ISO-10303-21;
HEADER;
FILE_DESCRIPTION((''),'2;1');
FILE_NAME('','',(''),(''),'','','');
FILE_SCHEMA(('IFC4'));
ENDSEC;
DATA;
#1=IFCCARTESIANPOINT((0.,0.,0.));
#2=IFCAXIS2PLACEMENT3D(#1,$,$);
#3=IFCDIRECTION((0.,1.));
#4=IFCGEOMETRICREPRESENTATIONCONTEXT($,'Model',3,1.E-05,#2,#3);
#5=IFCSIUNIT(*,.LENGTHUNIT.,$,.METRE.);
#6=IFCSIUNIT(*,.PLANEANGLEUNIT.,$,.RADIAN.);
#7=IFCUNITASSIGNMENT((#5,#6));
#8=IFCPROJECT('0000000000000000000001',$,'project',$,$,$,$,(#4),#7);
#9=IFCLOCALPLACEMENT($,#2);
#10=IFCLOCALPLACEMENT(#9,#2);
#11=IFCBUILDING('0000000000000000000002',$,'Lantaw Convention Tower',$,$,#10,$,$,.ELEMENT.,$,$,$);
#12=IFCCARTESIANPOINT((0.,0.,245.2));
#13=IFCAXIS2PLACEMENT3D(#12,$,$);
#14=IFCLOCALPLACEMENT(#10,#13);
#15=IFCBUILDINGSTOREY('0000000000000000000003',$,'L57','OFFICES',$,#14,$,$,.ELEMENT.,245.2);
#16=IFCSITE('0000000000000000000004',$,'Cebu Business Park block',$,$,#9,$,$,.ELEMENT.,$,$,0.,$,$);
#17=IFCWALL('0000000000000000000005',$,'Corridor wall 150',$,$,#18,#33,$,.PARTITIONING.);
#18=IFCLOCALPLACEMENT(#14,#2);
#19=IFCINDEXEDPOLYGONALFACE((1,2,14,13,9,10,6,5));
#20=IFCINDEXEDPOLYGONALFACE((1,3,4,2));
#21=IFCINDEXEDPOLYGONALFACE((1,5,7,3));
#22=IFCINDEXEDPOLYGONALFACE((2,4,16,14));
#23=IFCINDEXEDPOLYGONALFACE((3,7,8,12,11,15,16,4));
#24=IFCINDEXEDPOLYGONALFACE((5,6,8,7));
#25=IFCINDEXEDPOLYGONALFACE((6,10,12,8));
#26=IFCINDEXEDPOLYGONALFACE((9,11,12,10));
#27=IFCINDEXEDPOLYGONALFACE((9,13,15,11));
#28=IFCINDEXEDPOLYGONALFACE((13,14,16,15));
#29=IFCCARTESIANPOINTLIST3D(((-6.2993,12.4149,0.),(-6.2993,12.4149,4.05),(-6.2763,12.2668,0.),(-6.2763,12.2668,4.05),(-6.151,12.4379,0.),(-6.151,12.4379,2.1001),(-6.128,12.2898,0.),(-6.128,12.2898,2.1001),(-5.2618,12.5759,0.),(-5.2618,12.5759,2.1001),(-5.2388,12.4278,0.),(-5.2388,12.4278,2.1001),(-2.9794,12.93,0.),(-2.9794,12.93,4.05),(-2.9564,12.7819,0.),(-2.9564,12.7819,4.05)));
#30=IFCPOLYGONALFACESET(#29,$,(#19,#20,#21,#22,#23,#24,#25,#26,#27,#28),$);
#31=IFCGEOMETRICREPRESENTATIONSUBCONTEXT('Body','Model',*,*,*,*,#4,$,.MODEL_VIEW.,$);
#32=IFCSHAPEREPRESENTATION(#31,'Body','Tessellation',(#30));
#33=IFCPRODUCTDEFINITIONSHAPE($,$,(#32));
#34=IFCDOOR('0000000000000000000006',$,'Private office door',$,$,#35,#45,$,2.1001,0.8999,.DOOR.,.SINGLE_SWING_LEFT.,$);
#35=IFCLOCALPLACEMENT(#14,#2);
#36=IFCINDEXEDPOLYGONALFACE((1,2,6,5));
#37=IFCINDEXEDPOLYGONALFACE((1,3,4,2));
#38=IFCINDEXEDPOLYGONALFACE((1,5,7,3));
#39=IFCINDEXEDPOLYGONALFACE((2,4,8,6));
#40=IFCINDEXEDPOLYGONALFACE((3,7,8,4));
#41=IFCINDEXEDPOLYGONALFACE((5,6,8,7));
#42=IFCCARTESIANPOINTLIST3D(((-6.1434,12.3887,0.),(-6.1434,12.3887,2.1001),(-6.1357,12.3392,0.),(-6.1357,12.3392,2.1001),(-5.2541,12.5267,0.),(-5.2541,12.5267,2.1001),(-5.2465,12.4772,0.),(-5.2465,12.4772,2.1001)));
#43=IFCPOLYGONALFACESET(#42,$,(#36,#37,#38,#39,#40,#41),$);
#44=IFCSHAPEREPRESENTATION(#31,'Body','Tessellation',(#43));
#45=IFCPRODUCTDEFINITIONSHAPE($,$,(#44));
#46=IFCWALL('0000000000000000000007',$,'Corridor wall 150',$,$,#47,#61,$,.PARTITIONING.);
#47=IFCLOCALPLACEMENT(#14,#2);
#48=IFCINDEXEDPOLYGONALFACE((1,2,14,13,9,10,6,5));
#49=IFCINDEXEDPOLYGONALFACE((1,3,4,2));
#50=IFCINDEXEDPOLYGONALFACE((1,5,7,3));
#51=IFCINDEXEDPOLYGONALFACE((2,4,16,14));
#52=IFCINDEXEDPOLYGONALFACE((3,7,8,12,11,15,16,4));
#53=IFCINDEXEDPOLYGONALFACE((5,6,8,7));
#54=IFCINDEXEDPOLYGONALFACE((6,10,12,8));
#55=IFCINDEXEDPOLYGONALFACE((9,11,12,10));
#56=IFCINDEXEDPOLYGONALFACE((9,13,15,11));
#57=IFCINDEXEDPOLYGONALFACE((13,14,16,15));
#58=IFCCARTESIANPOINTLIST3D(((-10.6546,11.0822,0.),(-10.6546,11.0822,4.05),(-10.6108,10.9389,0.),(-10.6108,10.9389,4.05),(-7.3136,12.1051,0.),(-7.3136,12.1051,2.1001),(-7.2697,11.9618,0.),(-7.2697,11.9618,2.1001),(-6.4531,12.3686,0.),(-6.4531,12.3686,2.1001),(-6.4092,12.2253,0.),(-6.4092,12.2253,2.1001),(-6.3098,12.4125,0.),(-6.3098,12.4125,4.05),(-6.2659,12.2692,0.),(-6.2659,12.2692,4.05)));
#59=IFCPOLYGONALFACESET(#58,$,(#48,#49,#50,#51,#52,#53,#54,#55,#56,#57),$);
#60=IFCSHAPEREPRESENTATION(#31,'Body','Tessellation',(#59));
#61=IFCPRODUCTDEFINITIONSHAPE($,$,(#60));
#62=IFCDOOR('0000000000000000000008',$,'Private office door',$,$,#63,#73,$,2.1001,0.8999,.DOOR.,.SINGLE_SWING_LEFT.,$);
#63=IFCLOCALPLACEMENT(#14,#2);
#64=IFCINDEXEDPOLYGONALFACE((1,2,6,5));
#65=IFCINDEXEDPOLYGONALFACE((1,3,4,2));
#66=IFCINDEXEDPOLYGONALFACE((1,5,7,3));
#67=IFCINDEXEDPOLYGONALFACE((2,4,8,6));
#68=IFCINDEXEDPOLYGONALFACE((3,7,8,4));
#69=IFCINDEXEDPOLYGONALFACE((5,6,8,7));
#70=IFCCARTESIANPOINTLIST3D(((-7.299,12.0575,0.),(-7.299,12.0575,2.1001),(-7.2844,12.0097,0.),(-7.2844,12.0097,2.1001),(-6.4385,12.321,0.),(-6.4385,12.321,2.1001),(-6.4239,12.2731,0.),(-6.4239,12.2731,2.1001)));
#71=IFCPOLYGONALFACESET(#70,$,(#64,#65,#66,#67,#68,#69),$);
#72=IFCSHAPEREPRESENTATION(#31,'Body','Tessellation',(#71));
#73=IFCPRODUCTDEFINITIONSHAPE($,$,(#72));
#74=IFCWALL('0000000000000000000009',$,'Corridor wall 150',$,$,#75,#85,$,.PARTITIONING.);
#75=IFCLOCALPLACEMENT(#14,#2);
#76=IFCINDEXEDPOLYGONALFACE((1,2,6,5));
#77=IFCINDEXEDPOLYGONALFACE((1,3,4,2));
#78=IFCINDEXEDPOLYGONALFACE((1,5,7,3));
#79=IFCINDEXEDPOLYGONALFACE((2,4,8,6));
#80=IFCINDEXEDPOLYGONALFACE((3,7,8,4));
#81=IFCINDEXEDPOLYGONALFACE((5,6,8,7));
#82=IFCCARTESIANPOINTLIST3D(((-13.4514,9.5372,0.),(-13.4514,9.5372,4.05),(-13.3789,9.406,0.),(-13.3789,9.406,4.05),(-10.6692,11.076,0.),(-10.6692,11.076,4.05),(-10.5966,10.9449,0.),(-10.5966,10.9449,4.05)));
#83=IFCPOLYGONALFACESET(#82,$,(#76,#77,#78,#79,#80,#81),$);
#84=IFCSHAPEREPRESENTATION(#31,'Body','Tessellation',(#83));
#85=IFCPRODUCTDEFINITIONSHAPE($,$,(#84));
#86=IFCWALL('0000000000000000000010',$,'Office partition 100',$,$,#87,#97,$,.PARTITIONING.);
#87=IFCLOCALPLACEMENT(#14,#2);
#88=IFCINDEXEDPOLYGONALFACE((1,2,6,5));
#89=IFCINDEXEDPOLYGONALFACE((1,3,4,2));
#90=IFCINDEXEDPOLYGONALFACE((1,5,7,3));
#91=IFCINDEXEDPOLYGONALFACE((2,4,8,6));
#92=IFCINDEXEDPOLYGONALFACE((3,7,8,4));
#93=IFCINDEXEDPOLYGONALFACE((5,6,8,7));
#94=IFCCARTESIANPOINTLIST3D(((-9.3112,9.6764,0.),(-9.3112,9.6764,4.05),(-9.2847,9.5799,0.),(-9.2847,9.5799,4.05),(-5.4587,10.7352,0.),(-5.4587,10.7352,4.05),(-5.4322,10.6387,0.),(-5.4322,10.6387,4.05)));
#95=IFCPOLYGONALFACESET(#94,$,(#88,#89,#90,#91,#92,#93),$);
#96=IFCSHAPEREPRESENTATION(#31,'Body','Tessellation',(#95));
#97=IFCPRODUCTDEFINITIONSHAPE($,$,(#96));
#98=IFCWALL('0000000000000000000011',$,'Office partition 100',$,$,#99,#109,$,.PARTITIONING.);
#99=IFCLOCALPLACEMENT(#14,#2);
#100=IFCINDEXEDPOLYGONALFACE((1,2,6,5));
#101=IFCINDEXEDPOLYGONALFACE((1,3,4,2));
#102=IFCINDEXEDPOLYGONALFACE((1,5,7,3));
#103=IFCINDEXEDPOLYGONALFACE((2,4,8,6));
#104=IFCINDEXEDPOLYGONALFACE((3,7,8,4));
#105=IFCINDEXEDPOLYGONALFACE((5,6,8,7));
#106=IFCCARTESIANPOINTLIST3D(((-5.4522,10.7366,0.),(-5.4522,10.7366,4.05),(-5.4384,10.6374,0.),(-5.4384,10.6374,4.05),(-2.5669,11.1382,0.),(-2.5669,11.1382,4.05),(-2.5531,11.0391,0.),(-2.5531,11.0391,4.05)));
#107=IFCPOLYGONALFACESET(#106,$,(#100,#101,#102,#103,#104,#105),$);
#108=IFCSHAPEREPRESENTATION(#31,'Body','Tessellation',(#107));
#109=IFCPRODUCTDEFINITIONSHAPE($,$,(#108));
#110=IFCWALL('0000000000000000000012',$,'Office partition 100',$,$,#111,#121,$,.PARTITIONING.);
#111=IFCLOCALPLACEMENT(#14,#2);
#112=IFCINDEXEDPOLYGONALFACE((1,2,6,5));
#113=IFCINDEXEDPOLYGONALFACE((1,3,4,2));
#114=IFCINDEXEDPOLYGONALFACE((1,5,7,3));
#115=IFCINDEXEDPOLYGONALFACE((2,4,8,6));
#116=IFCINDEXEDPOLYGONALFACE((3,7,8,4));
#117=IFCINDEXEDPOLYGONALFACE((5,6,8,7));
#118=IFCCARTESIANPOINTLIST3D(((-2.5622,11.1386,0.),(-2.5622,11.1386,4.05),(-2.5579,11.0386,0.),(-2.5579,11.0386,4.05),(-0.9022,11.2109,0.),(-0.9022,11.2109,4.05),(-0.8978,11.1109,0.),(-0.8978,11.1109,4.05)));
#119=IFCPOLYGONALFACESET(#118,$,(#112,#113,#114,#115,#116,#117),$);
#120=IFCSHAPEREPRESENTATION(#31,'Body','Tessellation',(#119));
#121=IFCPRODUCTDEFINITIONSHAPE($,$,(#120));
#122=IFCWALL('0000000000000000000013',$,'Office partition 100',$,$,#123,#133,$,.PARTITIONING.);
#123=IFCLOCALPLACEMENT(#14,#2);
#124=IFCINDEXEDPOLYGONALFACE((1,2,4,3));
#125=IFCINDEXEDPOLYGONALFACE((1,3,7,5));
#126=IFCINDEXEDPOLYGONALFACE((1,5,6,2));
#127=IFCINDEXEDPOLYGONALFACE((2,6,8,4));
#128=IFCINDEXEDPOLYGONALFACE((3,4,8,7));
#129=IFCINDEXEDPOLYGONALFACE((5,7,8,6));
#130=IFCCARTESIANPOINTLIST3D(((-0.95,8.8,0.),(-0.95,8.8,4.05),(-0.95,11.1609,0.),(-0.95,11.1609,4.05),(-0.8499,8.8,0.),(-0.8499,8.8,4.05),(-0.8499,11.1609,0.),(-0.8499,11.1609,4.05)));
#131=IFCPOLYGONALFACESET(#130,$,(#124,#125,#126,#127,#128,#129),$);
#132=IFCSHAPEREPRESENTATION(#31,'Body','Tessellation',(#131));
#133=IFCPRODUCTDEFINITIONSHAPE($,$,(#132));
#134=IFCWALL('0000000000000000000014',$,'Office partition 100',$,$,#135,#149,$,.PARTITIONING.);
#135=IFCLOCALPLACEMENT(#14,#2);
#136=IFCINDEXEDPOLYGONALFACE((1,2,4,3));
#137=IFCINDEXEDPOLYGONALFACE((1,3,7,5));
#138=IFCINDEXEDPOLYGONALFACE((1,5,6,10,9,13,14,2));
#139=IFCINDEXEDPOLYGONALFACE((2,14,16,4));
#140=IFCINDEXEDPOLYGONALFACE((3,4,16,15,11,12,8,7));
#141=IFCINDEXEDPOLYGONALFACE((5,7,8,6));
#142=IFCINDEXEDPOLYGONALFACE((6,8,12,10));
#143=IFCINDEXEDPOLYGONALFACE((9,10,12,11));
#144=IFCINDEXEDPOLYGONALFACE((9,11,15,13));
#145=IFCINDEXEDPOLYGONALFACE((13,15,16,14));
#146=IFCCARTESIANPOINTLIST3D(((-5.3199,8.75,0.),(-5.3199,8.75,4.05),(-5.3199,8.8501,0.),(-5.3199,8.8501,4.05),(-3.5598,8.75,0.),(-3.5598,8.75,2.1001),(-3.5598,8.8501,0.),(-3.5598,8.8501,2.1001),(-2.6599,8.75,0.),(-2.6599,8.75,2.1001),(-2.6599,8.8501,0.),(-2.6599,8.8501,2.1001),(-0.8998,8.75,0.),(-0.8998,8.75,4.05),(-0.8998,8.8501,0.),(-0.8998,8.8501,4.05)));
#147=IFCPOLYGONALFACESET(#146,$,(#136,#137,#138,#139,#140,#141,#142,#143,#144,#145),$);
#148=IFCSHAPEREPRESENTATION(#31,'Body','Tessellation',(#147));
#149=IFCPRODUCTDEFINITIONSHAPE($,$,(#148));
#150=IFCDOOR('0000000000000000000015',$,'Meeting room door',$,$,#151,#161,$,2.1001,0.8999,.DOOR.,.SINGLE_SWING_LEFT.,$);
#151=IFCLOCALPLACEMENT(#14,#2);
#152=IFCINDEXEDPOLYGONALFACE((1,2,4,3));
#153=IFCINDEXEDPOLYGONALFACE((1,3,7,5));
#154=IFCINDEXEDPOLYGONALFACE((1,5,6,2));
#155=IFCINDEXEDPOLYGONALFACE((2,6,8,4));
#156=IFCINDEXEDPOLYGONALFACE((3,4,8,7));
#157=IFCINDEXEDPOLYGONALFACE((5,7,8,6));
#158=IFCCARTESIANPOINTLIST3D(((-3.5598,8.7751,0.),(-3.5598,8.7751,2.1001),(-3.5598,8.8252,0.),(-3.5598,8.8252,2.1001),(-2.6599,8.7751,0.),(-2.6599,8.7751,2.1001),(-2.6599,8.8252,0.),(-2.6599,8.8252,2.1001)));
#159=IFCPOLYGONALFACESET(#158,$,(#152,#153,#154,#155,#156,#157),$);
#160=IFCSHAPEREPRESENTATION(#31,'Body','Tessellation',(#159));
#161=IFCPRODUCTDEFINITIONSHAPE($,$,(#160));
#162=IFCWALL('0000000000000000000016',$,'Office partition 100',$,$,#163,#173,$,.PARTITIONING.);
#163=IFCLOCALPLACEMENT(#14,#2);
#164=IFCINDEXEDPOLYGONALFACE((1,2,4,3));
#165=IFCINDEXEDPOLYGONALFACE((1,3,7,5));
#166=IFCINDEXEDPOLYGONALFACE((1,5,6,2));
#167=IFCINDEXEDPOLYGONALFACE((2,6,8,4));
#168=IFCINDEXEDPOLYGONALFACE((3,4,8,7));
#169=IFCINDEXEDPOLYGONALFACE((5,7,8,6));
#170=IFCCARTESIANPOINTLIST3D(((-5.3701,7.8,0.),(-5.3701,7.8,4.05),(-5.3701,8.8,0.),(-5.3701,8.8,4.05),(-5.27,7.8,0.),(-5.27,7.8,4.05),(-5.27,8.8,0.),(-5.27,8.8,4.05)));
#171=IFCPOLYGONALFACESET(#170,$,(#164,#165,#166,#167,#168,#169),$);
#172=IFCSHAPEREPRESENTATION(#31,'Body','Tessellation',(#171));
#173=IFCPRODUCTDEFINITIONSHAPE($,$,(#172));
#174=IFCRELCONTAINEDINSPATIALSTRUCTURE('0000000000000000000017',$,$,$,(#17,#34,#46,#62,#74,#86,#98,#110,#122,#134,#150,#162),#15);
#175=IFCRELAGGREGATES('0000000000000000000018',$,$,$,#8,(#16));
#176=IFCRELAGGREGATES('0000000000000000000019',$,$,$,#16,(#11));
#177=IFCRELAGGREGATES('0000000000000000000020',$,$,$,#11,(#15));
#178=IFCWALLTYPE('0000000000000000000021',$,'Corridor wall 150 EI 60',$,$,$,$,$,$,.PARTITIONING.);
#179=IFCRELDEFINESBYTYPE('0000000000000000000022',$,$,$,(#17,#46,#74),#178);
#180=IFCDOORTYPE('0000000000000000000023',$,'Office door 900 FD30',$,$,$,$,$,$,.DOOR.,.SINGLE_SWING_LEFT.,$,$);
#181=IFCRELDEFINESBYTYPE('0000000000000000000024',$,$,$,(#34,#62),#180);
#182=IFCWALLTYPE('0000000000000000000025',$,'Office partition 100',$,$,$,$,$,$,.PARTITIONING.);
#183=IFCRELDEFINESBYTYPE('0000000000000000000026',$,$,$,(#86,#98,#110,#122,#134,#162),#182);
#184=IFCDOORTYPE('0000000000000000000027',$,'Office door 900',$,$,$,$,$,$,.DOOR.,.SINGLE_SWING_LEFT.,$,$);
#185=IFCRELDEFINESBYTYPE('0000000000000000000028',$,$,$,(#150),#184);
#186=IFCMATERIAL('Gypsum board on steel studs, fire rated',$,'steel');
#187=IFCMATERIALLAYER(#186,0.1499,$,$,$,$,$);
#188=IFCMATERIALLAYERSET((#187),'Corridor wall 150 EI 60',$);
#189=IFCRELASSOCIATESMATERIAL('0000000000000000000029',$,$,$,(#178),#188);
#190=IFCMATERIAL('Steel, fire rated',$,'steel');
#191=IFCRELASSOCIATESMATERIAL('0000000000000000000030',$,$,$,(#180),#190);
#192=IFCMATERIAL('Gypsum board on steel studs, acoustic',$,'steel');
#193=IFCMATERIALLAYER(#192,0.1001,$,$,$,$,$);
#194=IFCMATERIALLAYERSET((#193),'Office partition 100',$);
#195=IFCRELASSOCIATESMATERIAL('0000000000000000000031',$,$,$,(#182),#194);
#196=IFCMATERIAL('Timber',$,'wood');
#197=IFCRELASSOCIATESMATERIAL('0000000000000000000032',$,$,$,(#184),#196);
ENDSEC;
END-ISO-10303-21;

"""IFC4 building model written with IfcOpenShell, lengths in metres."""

from ifc_helpers import new_model, si_unit, direction, frame, frame_2d, origin, place, context, subcontext, project, spatial, rectangle, extrude, material, layer, layer_set, type_object, element, fill, save


model = new_model("IFC4")

# Units and contexts
model_context = context("Model", 3, precision=1e-05, world=origin(), true_north=direction((0.0, 1.0)))
body_context = subcontext(model_context, "Body", "Model", "MODEL_VIEW")
ifc_project = project(units=[si_unit("LENGTHUNIT", "METRE"), si_unit("PLANEANGLEUNIT", "RADIAN")], contexts=[model_context])

# Site, building, storey
site_placement = place(None, origin())
site = spatial("IfcSite", under=ifc_project, at=site_placement, Name="Cebu Business Park block", CompositionType="ELEMENT", RefElevation=0.0)
building_placement = place(site_placement, origin())
building = spatial("IfcBuilding", under=site, at=building_placement, Name="Lantaw Convention Tower", CompositionType="ELEMENT")
storey_placement = place(building_placement, frame((0.0, 0.0, 245.2)))
storey = spatial("IfcBuildingStorey", under=building, at=storey_placement, Name="L57", Description="OFFICES", CompositionType="ELEMENT", Elevation=245.2)

# Walls, openings, doors
ifc_material_1 = material(Name="Steel, fire rated", Category="steel")
ifc_material_2 = material(Name="Gypsum board on steel studs, fire rated", Category="steel")
ifc_layer_1 = layer(ifc_material_2, 0.1499)
ifc_layer_set_1 = layer_set([ifc_layer_1], Name="Corridor wall 150 EI 60")
wall_type_1 = type_object("IfcWallType", Name="Corridor wall 150 EI 60", PredefinedType="PARTITIONING", material=ifc_layer_set_1)
wall_1_placement = place(storey_placement, frame((-2.968, 12.856, 0.0), z_axis=(0.0, 0.0, 1.0), x_axis=(-0.988174, -0.153335, 0.0)))
wall_1 = element("IfcWall", 1, at=wall_1_placement, inside=storey, type_object=wall_type_1, Name="Corridor wall 150", PredefinedType="PARTITIONING", context=body_context, shape_type="SweptSolid", body=[
    extrude(rectangle(XDim=3.3596, YDim=0.1499, at=frame_2d((1.6797, 0.0))), origin(), (0.0, 0.0, 1.0), 4.05),
])
opening_1_placement = place(wall_1_placement, frame((2.3096, 0.0, 0.0)))
opening_1 = element("IfcOpeningElement", 2, at=opening_1_placement, cuts=wall_1, PredefinedType="OPENING", context=body_context, shape_type="SweptSolid", body=[
    extrude(rectangle(XDim=0.8999, YDim=2.1001, at=frame_2d((0.45, 1.05))), frame((0.0, 0.085, 0.0), z_axis=(0.0, -1.0, 0.0), x_axis=(1.0, 0.0, 0.0)), (0.0, 0.0, 1.0), 0.1699),
])
door_type_1 = type_object("IfcDoorType", Name="Office door 900 FD30", OperationType="SINGLE_SWING_LEFT", PredefinedType="DOOR", material=ifc_material_1)
door_1_placement = place(opening_1_placement, origin())
door_1 = element("IfcDoor", 3, at=door_1_placement, inside=storey, type_object=door_type_1, Name="Private office door", OperationType="SINGLE_SWING_LEFT", OverallHeight=2.1001, OverallWidth=0.8999, PredefinedType="DOOR", context=body_context, shape_type="SweptSolid", body=[
    extrude(rectangle(XDim=0.8999, YDim=2.1001, at=frame_2d((0.45, 1.05))), frame((0.0, 0.0249, 0.0), z_axis=(0.0, -1.0, 0.0), x_axis=(1.0, 0.0, 0.0)), (0.0, 0.0, 1.0), 0.05),
])
fill(opening_1, door_1)
wall_2_placement = place(storey_placement, frame((-6.2878, 12.3408, 0.0), z_axis=(0.0, 0.0, 1.0), x_axis=(-0.956186, -0.29276, 0.0)))
wall_2 = element("IfcWall", 4, at=wall_2_placement, inside=storey, type_object=wall_type_1, Name="Corridor wall 150", PredefinedType="PARTITIONING", context=body_context, shape_type="SweptSolid", body=[
    extrude(rectangle(XDim=4.5439, YDim=0.1499, at=frame_2d((2.272, 0.0))), origin(), (0.0, 0.0, 1.0), 4.05),
])
opening_2_placement = place(wall_2_placement, frame((0.1499, 0.0, 0.0)))
opening_2 = element("IfcOpeningElement", 5, at=opening_2_placement, cuts=wall_2, PredefinedType="OPENING", context=body_context, shape_type="SweptSolid", body=[
    extrude(rectangle(XDim=0.8999, YDim=2.1001, at=frame_2d((0.45, 1.05))), frame((0.0, 0.085, 0.0), z_axis=(0.0, -1.0, 0.0), x_axis=(1.0, 0.0, 0.0)), (0.0, 0.0, 1.0), 0.1699),
])
door_2_placement = place(opening_2_placement, origin())
door_2 = element("IfcDoor", 6, at=door_2_placement, inside=storey, type_object=door_type_1, Name="Private office door", OperationType="SINGLE_SWING_LEFT", OverallHeight=2.1001, OverallWidth=0.8999, PredefinedType="DOOR", context=body_context, shape_type="SweptSolid", body=[
    extrude(rectangle(XDim=0.8999, YDim=2.1001, at=frame_2d((0.45, 1.05))), frame((0.0, 0.0249, 0.0), z_axis=(0.0, -1.0, 0.0), x_axis=(1.0, 0.0, 0.0)), (0.0, 0.0, 1.0), 0.05),
])
fill(opening_2, door_2)

# Walls
wall_3_placement = place(storey_placement, frame((-10.6328, 11.0105, 0.0), z_axis=(0.0, 0.0, 1.0), x_axis=(-0.875072, -0.483993, 0.0)))
element("IfcWall", 7, at=wall_3_placement, inside=storey, type_object=wall_type_1, Name="Corridor wall 150", PredefinedType="PARTITIONING", context=body_context, shape_type="SweptSolid", body=[
    extrude(rectangle(XDim=3.1794, YDim=0.1499, at=frame_2d((1.5898, 0.0))), origin(), (0.0, 0.0, 1.0), 4.05),
])
ifc_material_3 = material(Name="Gypsum board on steel studs, acoustic", Category="steel")
ifc_layer_2 = layer(ifc_material_3, 0.1001)
ifc_layer_set_2 = layer_set([ifc_layer_2], Name="Office partition 100")
wall_type_2 = type_object("IfcWallType", Name="Office partition 100", PredefinedType="PARTITIONING", material=ifc_layer_set_2)
wall_4_placement = place(storey_placement, frame((-9.2979, 9.6282, 0.0), z_axis=(0.0, 0.0, 1.0), x_axis=(0.964244, 0.265014, 0.0)))
element("IfcWall", 8, at=wall_4_placement, inside=storey, type_object=wall_type_2, Name="Office partition 100", PredefinedType="PARTITIONING", context=body_context, shape_type="SweptSolid", body=[
    extrude(rectangle(XDim=3.9954, YDim=0.1001, at=frame_2d((1.9976, 0.0))), origin(), (0.0, 0.0, 1.0), 4.05),
])
wall_5_placement = place(storey_placement, frame((-5.4453, 10.687, 0.0), z_axis=(0.0, 0.0, 1.0), x_axis=(0.990451, 0.137865, 0.0)))
element("IfcWall", 9, at=wall_5_placement, inside=storey, type_object=wall_type_2, Name="Office partition 100", PredefinedType="PARTITIONING", context=body_context, shape_type="SweptSolid", body=[
    extrude(rectangle(XDim=2.9131, YDim=0.1001, at=frame_2d((1.4565, 0.0))), origin(), (0.0, 0.0, 1.0), 4.05),
])
wall_6_placement = place(storey_placement, frame((-2.5601, 11.0886, 0.0), z_axis=(0.0, 0.0, 1.0), x_axis=(0.999054, 0.043488, 0.0)))
element("IfcWall", 10, at=wall_6_placement, inside=storey, type_object=wall_type_2, Name="Office partition 100", PredefinedType="PARTITIONING", context=body_context, shape_type="SweptSolid", body=[
    extrude(rectangle(XDim=1.6616, YDim=0.1001, at=frame_2d((0.8308, 0.0))), origin(), (0.0, 0.0, 1.0), 4.05),
])
wall_7_placement = place(storey_placement, frame((-0.8999, 11.1609, 0.0), z_axis=(0.0, 0.0, 1.0), x_axis=(0.0, -1.0, 0.0)))
element("IfcWall", 11, at=wall_7_placement, inside=storey, type_object=wall_type_2, Name="Office partition 100", PredefinedType="PARTITIONING", context=body_context, shape_type="SweptSolid", body=[
    extrude(rectangle(XDim=2.3608, YDim=0.1001, at=frame_2d((1.1804, 0.0))), origin(), (0.0, 0.0, 1.0), 4.05),
])

# Wall, opening, door
wall_8_placement = place(storey_placement, frame((-0.8999, 8.8, 0.0), z_axis=(0.0, 0.0, 1.0), x_axis=(-1.0, 0.0, 0.0)))
wall_8 = element("IfcWall", 12, at=wall_8_placement, inside=storey, type_object=wall_type_2, Name="Office partition 100", PredefinedType="PARTITIONING", context=body_context, shape_type="SweptSolid", body=[
    extrude(rectangle(XDim=4.4202, YDim=0.1001, at=frame_2d((2.21, 0.0))), origin(), (0.0, 0.0, 1.0), 4.05),
])
opening_3_placement = place(wall_8_placement, frame((1.76, 0.0, 0.0)))
opening_3 = element("IfcOpeningElement", 13, at=opening_3_placement, cuts=wall_8, PredefinedType="OPENING", context=body_context, shape_type="SweptSolid", body=[
    extrude(rectangle(XDim=0.8999, YDim=2.1001, at=frame_2d((0.45, 1.05))), frame((0.0, 0.0601, 0.0), z_axis=(0.0, -1.0, 0.0), x_axis=(1.0, 0.0, 0.0)), (0.0, 0.0, 1.0), 0.1201),
])
ifc_material_4 = material(Name="Timber", Category="wood")
door_type_2 = type_object("IfcDoorType", Name="Office door 900", OperationType="SINGLE_SWING_LEFT", PredefinedType="DOOR", material=ifc_material_4)
door_3_placement = place(opening_3_placement, origin())
door_3 = element("IfcDoor", 14, at=door_3_placement, inside=storey, type_object=door_type_2, Name="Meeting room door", OperationType="SINGLE_SWING_LEFT", OverallHeight=2.1001, OverallWidth=0.8999, PredefinedType="DOOR", context=body_context, shape_type="SweptSolid", body=[
    extrude(rectangle(XDim=0.8999, YDim=2.1001, at=frame_2d((0.45, 1.05))), frame((0.0, 0.0249, 0.0), z_axis=(0.0, -1.0, 0.0), x_axis=(1.0, 0.0, 0.0)), (0.0, 0.0, 1.0), 0.05),
])
fill(opening_3, door_3)

# Wall
wall_9_placement = place(storey_placement, frame((-5.3201, 8.8, 0.0), z_axis=(0.0, 0.0, 1.0), x_axis=(0.0, -1.0, 0.0)))
element("IfcWall", 15, at=wall_9_placement, inside=storey, type_object=wall_type_2, Name="Office partition 100", PredefinedType="PARTITIONING", context=body_context, shape_type="SweptSolid", body=[
    extrude(rectangle(XDim=1.0, YDim=0.1001, at=frame_2d((0.5, 0.0))), origin(), (0.0, 0.0, 1.0), 4.05),
])

save(model, "model.ifc")
